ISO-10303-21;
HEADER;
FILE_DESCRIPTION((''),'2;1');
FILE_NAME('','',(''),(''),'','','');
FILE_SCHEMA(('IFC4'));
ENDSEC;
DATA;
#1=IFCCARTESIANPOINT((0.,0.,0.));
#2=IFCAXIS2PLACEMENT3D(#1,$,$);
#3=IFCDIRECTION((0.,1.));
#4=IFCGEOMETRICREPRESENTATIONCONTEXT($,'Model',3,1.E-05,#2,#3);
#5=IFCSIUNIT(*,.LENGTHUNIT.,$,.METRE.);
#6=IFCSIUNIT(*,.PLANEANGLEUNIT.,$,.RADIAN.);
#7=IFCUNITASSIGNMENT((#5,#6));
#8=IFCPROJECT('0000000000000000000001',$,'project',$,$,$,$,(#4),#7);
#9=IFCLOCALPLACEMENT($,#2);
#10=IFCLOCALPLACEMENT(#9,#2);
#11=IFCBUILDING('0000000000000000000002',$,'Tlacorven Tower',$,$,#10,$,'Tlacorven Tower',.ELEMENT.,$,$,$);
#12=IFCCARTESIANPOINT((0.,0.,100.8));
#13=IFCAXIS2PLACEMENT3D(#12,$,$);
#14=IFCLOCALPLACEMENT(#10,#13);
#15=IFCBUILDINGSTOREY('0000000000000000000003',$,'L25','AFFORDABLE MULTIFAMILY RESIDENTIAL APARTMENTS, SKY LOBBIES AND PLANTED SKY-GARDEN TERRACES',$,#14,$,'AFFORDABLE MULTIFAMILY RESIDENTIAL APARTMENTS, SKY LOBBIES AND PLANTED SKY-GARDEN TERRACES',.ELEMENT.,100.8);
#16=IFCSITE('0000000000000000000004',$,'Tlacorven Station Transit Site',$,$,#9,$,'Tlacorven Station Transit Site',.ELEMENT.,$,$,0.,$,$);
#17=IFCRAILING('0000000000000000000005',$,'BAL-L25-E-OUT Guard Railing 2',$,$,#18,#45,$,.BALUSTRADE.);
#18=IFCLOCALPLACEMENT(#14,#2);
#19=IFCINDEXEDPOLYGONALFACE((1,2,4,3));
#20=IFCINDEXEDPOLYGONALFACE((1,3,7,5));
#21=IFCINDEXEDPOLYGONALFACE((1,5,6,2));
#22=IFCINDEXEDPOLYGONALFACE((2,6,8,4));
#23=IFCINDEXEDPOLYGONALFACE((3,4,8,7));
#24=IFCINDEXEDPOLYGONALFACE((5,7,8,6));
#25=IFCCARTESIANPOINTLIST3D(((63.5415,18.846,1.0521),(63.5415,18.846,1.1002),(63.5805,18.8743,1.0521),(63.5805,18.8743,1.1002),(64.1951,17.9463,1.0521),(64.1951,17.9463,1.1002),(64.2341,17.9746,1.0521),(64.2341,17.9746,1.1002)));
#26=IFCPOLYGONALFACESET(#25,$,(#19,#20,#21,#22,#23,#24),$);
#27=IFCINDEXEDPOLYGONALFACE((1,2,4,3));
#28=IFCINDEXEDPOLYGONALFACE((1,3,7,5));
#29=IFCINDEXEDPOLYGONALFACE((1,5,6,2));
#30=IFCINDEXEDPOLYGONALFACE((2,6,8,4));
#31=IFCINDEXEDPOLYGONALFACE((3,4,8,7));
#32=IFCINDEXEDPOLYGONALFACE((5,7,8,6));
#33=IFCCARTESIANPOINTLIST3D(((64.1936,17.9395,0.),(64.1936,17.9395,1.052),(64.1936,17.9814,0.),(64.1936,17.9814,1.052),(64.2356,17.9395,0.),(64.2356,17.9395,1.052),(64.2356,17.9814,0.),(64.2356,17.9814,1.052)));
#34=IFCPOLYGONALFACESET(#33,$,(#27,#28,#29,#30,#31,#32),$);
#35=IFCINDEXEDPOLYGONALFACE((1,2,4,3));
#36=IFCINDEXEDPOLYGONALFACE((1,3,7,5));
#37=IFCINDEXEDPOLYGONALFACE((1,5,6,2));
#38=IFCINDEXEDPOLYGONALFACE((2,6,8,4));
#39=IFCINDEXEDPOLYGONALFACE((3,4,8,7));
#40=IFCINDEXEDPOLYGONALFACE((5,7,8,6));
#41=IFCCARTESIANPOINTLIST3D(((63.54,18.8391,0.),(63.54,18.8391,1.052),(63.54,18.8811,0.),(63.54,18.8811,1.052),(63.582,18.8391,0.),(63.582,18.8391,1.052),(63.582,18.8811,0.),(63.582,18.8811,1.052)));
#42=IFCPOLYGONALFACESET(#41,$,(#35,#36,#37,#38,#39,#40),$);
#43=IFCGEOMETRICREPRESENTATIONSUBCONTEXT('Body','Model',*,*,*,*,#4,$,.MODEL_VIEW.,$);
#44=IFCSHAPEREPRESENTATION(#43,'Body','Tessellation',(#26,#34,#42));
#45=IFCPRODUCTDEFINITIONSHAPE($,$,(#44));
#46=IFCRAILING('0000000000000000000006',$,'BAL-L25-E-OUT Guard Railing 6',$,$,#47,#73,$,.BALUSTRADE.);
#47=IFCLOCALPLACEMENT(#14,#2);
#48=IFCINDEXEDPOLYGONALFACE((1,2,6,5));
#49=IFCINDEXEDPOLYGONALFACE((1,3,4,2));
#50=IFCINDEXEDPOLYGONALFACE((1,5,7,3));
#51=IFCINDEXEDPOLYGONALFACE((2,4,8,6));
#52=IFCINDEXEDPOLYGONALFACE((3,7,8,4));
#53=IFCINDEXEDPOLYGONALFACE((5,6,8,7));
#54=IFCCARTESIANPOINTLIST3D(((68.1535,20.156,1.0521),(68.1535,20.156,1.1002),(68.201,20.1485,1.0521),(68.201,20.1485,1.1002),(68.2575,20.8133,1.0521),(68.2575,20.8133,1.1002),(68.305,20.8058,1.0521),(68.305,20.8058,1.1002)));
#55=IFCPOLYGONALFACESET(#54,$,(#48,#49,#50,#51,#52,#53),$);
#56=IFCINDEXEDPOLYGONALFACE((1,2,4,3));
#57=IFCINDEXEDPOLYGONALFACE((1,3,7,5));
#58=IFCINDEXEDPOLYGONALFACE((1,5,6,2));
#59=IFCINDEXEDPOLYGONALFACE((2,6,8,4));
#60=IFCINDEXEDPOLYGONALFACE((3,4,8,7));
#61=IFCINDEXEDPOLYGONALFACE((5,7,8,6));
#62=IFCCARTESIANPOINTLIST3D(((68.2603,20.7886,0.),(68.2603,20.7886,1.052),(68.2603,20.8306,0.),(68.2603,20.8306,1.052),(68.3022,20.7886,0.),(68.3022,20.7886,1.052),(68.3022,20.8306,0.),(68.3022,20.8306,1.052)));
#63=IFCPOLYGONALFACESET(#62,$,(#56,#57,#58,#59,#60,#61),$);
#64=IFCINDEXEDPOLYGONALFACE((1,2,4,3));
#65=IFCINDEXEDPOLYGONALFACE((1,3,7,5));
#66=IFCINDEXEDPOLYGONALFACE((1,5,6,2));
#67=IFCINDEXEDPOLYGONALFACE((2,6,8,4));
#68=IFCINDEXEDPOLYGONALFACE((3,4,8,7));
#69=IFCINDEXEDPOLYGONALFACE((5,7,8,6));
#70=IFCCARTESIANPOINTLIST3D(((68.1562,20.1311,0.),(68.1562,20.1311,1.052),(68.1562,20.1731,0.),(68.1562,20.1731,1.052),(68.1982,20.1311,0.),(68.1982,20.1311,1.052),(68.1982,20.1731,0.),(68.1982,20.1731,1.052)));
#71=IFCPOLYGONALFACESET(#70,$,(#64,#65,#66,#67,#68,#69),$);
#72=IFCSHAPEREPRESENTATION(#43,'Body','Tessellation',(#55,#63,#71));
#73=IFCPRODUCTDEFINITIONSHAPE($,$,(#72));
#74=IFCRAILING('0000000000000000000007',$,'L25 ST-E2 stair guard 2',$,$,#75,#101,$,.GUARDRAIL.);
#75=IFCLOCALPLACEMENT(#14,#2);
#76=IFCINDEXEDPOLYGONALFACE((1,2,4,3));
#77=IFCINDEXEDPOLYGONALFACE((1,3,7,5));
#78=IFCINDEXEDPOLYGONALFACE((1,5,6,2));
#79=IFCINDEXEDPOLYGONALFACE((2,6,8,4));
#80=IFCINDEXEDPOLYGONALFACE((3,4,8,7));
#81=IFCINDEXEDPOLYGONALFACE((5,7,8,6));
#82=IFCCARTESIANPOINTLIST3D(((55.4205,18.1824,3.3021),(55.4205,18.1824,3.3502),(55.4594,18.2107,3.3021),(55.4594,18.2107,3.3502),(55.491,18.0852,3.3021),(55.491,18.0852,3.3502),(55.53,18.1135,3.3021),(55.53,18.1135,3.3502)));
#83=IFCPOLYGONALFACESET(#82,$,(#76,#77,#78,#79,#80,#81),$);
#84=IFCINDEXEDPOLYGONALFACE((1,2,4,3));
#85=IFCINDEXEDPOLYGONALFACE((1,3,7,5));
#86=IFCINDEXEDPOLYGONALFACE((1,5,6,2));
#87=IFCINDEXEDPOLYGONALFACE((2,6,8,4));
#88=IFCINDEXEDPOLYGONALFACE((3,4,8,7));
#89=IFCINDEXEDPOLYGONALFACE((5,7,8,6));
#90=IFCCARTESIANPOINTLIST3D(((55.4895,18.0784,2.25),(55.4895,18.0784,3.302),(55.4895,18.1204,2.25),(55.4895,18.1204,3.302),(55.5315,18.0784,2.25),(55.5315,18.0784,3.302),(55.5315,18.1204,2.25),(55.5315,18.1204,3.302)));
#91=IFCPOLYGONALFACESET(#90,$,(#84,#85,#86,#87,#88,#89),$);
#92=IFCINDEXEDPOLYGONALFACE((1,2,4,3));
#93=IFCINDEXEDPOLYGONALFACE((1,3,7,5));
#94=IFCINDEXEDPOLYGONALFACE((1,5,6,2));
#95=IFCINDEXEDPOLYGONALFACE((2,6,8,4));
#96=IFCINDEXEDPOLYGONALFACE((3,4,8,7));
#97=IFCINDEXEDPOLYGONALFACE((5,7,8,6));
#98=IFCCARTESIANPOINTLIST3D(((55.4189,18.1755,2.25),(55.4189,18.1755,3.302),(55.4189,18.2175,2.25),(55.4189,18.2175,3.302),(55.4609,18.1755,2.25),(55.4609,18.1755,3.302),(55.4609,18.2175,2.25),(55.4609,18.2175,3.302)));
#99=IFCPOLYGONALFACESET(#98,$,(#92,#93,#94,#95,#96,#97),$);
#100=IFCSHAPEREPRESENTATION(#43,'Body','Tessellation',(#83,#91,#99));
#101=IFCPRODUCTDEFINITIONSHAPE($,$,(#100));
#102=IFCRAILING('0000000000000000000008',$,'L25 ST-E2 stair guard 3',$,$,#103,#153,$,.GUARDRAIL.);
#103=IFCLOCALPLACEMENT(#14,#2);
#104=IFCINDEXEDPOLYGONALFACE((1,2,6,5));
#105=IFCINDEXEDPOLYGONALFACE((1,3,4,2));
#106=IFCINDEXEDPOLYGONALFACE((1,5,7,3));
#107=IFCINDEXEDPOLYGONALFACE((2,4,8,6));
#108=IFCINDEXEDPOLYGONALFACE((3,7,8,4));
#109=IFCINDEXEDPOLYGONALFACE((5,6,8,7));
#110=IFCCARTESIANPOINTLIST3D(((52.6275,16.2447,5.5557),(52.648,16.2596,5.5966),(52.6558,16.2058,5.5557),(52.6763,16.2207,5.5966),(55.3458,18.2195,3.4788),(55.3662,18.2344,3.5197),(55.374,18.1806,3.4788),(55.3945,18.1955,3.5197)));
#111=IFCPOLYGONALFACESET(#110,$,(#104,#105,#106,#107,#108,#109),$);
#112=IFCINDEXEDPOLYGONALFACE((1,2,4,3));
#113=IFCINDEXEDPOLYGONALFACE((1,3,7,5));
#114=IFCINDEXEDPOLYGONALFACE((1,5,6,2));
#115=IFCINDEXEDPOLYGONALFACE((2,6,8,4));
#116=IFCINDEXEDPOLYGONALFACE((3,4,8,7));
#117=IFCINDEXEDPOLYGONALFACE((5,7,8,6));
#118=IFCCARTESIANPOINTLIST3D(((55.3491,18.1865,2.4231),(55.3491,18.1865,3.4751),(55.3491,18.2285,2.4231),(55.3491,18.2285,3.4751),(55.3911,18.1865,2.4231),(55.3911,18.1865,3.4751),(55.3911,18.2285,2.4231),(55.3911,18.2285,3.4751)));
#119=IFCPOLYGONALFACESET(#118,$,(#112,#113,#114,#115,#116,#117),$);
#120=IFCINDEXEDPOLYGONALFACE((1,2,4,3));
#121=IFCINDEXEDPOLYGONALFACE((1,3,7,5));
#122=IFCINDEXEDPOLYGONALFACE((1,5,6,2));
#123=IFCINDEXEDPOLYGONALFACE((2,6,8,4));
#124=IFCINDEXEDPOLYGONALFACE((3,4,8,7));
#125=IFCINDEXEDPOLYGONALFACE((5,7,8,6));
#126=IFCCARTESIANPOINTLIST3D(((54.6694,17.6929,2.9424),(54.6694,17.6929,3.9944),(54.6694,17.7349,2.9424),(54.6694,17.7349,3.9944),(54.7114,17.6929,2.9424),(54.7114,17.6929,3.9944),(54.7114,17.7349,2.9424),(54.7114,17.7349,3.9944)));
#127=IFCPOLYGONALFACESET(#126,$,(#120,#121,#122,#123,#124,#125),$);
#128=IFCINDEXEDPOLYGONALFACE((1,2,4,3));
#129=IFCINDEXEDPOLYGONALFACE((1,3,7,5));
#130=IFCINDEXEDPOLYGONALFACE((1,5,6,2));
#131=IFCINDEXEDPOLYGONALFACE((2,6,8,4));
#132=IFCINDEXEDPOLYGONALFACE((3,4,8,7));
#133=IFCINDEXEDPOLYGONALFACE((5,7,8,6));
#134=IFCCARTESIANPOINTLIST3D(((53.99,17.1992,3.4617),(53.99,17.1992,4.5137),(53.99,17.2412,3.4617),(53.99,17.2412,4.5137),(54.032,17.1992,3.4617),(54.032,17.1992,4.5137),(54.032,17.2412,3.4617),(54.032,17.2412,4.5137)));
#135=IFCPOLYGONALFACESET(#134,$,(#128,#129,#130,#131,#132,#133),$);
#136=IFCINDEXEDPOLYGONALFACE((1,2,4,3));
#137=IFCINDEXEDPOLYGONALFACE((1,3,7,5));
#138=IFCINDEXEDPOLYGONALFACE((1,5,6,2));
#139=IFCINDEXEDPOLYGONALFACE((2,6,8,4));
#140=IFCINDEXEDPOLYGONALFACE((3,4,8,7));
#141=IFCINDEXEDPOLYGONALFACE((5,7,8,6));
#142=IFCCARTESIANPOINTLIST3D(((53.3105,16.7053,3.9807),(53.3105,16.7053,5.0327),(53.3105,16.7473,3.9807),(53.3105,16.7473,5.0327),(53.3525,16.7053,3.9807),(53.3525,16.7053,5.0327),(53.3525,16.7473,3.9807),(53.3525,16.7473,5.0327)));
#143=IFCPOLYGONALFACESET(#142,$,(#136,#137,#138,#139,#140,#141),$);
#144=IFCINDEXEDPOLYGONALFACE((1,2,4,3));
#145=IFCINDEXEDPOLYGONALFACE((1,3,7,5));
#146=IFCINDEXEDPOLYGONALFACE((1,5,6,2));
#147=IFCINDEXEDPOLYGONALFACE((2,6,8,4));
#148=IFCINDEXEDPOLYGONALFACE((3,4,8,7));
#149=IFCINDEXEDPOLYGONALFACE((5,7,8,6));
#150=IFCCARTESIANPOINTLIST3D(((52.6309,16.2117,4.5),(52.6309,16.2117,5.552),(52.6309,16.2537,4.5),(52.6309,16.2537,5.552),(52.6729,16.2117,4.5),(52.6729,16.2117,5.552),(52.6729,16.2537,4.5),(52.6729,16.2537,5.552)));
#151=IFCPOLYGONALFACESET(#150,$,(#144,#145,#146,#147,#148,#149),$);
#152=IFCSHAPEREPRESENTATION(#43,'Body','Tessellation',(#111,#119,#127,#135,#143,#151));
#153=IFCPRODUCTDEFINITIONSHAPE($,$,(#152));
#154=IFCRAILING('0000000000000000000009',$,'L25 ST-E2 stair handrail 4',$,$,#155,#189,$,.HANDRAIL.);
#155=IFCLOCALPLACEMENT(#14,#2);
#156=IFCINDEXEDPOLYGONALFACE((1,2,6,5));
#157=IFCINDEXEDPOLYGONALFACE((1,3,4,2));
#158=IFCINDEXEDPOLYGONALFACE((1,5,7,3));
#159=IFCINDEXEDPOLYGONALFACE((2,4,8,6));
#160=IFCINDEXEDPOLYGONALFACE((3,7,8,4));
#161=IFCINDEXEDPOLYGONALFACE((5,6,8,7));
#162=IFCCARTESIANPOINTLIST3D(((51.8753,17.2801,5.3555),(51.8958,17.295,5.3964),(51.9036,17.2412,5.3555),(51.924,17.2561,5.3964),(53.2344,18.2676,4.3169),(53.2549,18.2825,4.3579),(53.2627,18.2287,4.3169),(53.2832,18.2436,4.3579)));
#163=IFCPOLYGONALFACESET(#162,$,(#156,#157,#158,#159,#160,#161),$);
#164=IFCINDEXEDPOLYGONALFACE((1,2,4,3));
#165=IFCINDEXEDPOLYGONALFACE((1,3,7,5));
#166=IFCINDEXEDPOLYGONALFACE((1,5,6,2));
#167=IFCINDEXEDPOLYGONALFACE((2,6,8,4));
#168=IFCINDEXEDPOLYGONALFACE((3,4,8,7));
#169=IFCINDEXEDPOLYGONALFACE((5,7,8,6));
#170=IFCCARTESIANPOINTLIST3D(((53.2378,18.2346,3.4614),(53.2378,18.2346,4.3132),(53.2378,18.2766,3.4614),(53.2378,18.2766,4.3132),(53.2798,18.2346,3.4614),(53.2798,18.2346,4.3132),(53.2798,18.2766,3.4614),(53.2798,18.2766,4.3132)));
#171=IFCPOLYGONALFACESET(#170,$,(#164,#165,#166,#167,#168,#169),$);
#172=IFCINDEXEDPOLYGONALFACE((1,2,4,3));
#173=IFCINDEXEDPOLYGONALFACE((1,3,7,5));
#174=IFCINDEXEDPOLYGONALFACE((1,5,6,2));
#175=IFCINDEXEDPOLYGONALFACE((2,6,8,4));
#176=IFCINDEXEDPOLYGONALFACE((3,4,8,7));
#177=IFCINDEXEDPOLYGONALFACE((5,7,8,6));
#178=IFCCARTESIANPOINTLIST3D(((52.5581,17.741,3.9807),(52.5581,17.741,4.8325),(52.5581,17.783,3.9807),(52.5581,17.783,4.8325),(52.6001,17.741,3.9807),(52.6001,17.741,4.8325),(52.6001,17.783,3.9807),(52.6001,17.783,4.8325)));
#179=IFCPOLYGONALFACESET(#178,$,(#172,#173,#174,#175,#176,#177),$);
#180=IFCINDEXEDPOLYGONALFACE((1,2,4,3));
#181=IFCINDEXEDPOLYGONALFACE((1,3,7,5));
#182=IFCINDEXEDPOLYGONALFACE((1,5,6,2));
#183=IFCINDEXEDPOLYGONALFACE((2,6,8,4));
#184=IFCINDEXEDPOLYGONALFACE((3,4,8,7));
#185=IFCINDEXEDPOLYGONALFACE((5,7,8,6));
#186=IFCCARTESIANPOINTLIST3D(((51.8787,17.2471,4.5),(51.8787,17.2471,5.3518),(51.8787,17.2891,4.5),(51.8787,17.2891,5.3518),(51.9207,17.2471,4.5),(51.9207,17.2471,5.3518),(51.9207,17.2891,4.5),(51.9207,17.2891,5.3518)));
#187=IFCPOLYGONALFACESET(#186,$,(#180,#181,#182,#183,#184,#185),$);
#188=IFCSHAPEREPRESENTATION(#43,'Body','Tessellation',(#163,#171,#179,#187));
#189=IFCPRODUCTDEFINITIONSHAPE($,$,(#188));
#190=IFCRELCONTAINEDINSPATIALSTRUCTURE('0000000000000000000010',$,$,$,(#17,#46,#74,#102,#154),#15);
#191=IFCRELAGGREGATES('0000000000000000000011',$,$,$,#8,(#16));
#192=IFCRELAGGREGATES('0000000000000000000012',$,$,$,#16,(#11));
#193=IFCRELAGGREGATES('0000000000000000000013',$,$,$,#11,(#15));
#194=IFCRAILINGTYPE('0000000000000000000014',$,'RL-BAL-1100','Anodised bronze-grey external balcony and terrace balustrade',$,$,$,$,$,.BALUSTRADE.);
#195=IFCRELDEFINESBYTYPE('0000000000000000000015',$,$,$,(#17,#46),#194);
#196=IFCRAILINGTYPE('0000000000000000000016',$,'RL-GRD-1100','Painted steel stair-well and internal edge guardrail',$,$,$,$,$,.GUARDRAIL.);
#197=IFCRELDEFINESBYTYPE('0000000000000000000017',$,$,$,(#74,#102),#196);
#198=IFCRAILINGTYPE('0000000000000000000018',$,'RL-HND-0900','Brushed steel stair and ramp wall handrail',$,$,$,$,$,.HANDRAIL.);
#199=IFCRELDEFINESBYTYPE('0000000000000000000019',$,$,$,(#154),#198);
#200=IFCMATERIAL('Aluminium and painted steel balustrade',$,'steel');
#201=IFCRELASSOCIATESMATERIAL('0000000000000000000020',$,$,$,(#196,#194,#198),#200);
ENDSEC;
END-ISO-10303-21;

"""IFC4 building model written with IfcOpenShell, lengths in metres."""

from ifc_helpers import new_model, si_unit, direction, frame, origin, origin_2d, place, context, subcontext, project, spatial, rectangle, extrude, source, transform, mapped, material, type_object, element, save


model = new_model("IFC4")

# Units and contexts
model_context = context("Model", 3, precision=1e-05, world=origin(), true_north=direction((0.0, 1.0)))
body_context = subcontext(model_context, "Body", "Model", "MODEL_VIEW")
ifc_project = project(units=[si_unit("LENGTHUNIT", "METRE"), si_unit("PLANEANGLEUNIT", "RADIAN")], contexts=[model_context])

# Site, building, storey
site_placement = place(None, origin())
site = spatial("IfcSite", under=ifc_project, at=site_placement, Name="Tlacorven Station Transit Site", LongName="Tlacorven Station Transit Site", CompositionType="ELEMENT", RefElevation=0.0)
building_placement = place(site_placement, origin())
building = spatial("IfcBuilding", under=site, at=building_placement, Name="Tlacorven Tower", LongName="Tlacorven Tower", CompositionType="ELEMENT")
storey_placement = place(building_placement, frame((0.0, 0.0, 100.8)))
storey = spatial("IfcBuildingStorey", under=building, at=storey_placement, Name="L25", Description="AFFORDABLE MULTIFAMILY RESIDENTIAL APARTMENTS, SKY LOBBIES AND PLANTED SKY-GARDEN TERRACES", LongName="AFFORDABLE MULTIFAMILY RESIDENTIAL APARTMENTS, SKY LOBBIES AND PLANTED SKY-GARDEN TERRACES", CompositionType="ELEMENT", Elevation=100.8)

# Railings
ifc_material_1 = material(Name="Aluminium and painted steel balustrade", Category="steel")
railing_type_1 = type_object("IfcRailingType", Name="RL-GRD-1100", Description="Painted steel stair-well and internal edge guardrail", PredefinedType="GUARDRAIL", material=ifc_material_1)
railing_type_2 = type_object("IfcRailingType", Name="RL-BAL-1100", Description="Anodised bronze-grey external balcony and terrace balustrade", PredefinedType="BALUSTRADE", material=ifc_material_1)
shared_shape_1 = source(origin(), body_context, "Body", "SweptSolid", [
    extrude(rectangle(XDim=0.0481, YDim=0.0481, at=origin_2d()), frame((0.0, 0.0, 1.0762), z_axis=(-0.587741, 0.809049, 0.0), x_axis=(-0.809049, -0.587741, 0.0)), (0.0, 0.0, 1.0), 1.1121),
    extrude(rectangle(XDim=0.042, YDim=0.042, at=origin_2d()), origin(), (0.0, 0.0, 1.0), 1.052),
    extrude(rectangle(XDim=0.042, YDim=0.042, at=origin_2d()), frame((-0.6536, 0.8997, 0.0)), (0.0, 0.0, 1.0), 1.052),
])
railing_1_placement = place(storey_placement, frame((64.2146, 17.9604, 0.0)))
element("IfcRailing", 1, at=railing_1_placement, inside=storey, type_object=railing_type_2, Name="BAL-L25-E-OUT Guard Railing 2", PredefinedType="BALUSTRADE", context=body_context, shape_type="MappedRepresentation", body=[
    mapped(shared_shape_1, transform((0.0, 0.0, 0.0), scale=1.0)),
])
shared_shape_2 = source(origin(), body_context, "Body", "SweptSolid", [
    extrude(rectangle(XDim=0.0481, YDim=0.0481, at=origin_2d()), frame((0.0, 0.0, 1.0762), z_axis=(-0.156245, -0.987718, 0.0), x_axis=(0.987718, -0.156245, 0.0)), (0.0, 0.0, 1.0), 0.6655),
    extrude(rectangle(XDim=0.042, YDim=0.042, at=origin_2d()), origin(), (0.0, 0.0, 1.0), 1.052),
    extrude(rectangle(XDim=0.042, YDim=0.042, at=origin_2d()), frame((-0.104, -0.6575, 0.0)), (0.0, 0.0, 1.0), 1.052),
])
railing_2_placement = place(storey_placement, frame((68.2812, 20.8096, 0.0)))
element("IfcRailing", 2, at=railing_2_placement, inside=storey, type_object=railing_type_2, Name="BAL-L25-E-OUT Guard Railing 6", PredefinedType="BALUSTRADE", context=body_context, shape_type="MappedRepresentation", body=[
    mapped(shared_shape_2, transform((0.0, 0.0, 0.0), scale=1.0)),
])
shared_shape_3 = source(origin(), body_context, "Body", "SweptSolid", [
    extrude(rectangle(XDim=0.0481, YDim=0.0481, at=origin_2d()), frame((0.0, 0.0, 1.0762), z_axis=(-0.587567, 0.809175, 0.0), x_axis=(-0.809175, -0.587567, 0.0)), (0.0, 0.0, 1.0), 0.1201),
    extrude(rectangle(XDim=0.042, YDim=0.042, at=origin_2d()), origin(), (0.0, 0.0, 1.0), 1.052),
    extrude(rectangle(XDim=0.042, YDim=0.042, at=origin_2d()), frame((-0.0706, 0.0972, 0.0)), (0.0, 0.0, 1.0), 1.052),
])
railing_3_placement = place(storey_placement, frame((55.5105, 18.0994, 2.25)))
element("IfcRailing", 3, at=railing_3_placement, inside=storey, type_object=railing_type_1, Name="L25 ST-E2 stair guard 2", PredefinedType="GUARDRAIL", context=body_context, shape_type="MappedRepresentation", body=[
    mapped(shared_shape_3, transform((0.0, 0.0, 0.0), scale=1.0)),
])
shared_shape_4 = source(origin(), body_context, "Body", "SweptSolid", [
    extrude(rectangle(XDim=0.0481, YDim=0.0481, at=origin_2d()), frame((0.0, 0.0, 1.0762), z_axis=(-0.688167, -0.499963, 0.525798), x_axis=(0.58777, -0.809028, 0.0)), (0.0, 0.0, 1.0), 3.95),
    extrude(rectangle(XDim=0.042, YDim=0.042, at=origin_2d()), origin(), (0.0, 0.0, 1.0), 1.052),
    extrude(rectangle(XDim=0.042, YDim=0.042, at=origin_2d()), frame((-0.6797, -0.4937, 0.5193)), (0.0, 0.0, 1.0), 1.052),
    extrude(rectangle(XDim=0.042, YDim=0.042, at=origin_2d()), frame((-1.3591, -0.9873, 1.0386)), (0.0, 0.0, 1.0), 1.052),
    extrude(rectangle(XDim=0.042, YDim=0.042, at=origin_2d()), frame((-2.0386, -1.4812, 1.5576)), (0.0, 0.0, 1.0), 1.052),
    extrude(rectangle(XDim=0.042, YDim=0.042, at=origin_2d()), frame((-2.7183, -1.9749, 2.0769)), (0.0, 0.0, 1.0), 1.052),
])
railing_4_placement = place(storey_placement, frame((55.3701, 18.2075, 2.4231)))
element("IfcRailing", 4, at=railing_4_placement, inside=storey, type_object=railing_type_1, Name="L25 ST-E2 stair guard 3", PredefinedType="GUARDRAIL", context=body_context, shape_type="MappedRepresentation", body=[
    mapped(shared_shape_4, transform((0.0, 0.0, 0.0), scale=1.0)),
])
railing_type_3 = type_object("IfcRailingType", Name="RL-HND-0900", Description="Brushed steel stair and ramp wall handrail", PredefinedType="HANDRAIL", material=ifc_material_1)
shared_shape_5 = source(origin(), body_context, "Body", "SweptSolid", [
    extrude(rectangle(XDim=0.0481, YDim=0.0481, at=origin_2d()), frame((0.0, 0.0, 0.876), z_axis=(-0.688123, -0.499993, 0.525827), x_axis=(0.587817, -0.808994, 0.0)), (0.0, 0.0, 1.0), 1.9751),
    extrude(rectangle(XDim=0.042, YDim=0.042, at=origin_2d()), origin(), (0.0, 0.0, 1.0), 0.8518),
    extrude(rectangle(XDim=0.042, YDim=0.042, at=origin_2d()), frame((-0.6797, -0.4937, 0.5193)), (0.0, 0.0, 1.0), 0.8518),
    extrude(rectangle(XDim=0.042, YDim=0.042, at=origin_2d()), frame((-1.3591, -0.9875, 1.0386)), (0.0, 0.0, 1.0), 0.8518),
])
railing_5_placement = place(storey_placement, frame((53.2588, 18.2556, 3.4614)))
element("IfcRailing", 5, at=railing_5_placement, inside=storey, type_object=railing_type_3, Name="L25 ST-E2 stair handrail 4", PredefinedType="HANDRAIL", context=body_context, shape_type="MappedRepresentation", body=[
    mapped(shared_shape_5, transform((0.0, 0.0, 0.0), scale=1.0)),
])

save(model, "model.ifc")
